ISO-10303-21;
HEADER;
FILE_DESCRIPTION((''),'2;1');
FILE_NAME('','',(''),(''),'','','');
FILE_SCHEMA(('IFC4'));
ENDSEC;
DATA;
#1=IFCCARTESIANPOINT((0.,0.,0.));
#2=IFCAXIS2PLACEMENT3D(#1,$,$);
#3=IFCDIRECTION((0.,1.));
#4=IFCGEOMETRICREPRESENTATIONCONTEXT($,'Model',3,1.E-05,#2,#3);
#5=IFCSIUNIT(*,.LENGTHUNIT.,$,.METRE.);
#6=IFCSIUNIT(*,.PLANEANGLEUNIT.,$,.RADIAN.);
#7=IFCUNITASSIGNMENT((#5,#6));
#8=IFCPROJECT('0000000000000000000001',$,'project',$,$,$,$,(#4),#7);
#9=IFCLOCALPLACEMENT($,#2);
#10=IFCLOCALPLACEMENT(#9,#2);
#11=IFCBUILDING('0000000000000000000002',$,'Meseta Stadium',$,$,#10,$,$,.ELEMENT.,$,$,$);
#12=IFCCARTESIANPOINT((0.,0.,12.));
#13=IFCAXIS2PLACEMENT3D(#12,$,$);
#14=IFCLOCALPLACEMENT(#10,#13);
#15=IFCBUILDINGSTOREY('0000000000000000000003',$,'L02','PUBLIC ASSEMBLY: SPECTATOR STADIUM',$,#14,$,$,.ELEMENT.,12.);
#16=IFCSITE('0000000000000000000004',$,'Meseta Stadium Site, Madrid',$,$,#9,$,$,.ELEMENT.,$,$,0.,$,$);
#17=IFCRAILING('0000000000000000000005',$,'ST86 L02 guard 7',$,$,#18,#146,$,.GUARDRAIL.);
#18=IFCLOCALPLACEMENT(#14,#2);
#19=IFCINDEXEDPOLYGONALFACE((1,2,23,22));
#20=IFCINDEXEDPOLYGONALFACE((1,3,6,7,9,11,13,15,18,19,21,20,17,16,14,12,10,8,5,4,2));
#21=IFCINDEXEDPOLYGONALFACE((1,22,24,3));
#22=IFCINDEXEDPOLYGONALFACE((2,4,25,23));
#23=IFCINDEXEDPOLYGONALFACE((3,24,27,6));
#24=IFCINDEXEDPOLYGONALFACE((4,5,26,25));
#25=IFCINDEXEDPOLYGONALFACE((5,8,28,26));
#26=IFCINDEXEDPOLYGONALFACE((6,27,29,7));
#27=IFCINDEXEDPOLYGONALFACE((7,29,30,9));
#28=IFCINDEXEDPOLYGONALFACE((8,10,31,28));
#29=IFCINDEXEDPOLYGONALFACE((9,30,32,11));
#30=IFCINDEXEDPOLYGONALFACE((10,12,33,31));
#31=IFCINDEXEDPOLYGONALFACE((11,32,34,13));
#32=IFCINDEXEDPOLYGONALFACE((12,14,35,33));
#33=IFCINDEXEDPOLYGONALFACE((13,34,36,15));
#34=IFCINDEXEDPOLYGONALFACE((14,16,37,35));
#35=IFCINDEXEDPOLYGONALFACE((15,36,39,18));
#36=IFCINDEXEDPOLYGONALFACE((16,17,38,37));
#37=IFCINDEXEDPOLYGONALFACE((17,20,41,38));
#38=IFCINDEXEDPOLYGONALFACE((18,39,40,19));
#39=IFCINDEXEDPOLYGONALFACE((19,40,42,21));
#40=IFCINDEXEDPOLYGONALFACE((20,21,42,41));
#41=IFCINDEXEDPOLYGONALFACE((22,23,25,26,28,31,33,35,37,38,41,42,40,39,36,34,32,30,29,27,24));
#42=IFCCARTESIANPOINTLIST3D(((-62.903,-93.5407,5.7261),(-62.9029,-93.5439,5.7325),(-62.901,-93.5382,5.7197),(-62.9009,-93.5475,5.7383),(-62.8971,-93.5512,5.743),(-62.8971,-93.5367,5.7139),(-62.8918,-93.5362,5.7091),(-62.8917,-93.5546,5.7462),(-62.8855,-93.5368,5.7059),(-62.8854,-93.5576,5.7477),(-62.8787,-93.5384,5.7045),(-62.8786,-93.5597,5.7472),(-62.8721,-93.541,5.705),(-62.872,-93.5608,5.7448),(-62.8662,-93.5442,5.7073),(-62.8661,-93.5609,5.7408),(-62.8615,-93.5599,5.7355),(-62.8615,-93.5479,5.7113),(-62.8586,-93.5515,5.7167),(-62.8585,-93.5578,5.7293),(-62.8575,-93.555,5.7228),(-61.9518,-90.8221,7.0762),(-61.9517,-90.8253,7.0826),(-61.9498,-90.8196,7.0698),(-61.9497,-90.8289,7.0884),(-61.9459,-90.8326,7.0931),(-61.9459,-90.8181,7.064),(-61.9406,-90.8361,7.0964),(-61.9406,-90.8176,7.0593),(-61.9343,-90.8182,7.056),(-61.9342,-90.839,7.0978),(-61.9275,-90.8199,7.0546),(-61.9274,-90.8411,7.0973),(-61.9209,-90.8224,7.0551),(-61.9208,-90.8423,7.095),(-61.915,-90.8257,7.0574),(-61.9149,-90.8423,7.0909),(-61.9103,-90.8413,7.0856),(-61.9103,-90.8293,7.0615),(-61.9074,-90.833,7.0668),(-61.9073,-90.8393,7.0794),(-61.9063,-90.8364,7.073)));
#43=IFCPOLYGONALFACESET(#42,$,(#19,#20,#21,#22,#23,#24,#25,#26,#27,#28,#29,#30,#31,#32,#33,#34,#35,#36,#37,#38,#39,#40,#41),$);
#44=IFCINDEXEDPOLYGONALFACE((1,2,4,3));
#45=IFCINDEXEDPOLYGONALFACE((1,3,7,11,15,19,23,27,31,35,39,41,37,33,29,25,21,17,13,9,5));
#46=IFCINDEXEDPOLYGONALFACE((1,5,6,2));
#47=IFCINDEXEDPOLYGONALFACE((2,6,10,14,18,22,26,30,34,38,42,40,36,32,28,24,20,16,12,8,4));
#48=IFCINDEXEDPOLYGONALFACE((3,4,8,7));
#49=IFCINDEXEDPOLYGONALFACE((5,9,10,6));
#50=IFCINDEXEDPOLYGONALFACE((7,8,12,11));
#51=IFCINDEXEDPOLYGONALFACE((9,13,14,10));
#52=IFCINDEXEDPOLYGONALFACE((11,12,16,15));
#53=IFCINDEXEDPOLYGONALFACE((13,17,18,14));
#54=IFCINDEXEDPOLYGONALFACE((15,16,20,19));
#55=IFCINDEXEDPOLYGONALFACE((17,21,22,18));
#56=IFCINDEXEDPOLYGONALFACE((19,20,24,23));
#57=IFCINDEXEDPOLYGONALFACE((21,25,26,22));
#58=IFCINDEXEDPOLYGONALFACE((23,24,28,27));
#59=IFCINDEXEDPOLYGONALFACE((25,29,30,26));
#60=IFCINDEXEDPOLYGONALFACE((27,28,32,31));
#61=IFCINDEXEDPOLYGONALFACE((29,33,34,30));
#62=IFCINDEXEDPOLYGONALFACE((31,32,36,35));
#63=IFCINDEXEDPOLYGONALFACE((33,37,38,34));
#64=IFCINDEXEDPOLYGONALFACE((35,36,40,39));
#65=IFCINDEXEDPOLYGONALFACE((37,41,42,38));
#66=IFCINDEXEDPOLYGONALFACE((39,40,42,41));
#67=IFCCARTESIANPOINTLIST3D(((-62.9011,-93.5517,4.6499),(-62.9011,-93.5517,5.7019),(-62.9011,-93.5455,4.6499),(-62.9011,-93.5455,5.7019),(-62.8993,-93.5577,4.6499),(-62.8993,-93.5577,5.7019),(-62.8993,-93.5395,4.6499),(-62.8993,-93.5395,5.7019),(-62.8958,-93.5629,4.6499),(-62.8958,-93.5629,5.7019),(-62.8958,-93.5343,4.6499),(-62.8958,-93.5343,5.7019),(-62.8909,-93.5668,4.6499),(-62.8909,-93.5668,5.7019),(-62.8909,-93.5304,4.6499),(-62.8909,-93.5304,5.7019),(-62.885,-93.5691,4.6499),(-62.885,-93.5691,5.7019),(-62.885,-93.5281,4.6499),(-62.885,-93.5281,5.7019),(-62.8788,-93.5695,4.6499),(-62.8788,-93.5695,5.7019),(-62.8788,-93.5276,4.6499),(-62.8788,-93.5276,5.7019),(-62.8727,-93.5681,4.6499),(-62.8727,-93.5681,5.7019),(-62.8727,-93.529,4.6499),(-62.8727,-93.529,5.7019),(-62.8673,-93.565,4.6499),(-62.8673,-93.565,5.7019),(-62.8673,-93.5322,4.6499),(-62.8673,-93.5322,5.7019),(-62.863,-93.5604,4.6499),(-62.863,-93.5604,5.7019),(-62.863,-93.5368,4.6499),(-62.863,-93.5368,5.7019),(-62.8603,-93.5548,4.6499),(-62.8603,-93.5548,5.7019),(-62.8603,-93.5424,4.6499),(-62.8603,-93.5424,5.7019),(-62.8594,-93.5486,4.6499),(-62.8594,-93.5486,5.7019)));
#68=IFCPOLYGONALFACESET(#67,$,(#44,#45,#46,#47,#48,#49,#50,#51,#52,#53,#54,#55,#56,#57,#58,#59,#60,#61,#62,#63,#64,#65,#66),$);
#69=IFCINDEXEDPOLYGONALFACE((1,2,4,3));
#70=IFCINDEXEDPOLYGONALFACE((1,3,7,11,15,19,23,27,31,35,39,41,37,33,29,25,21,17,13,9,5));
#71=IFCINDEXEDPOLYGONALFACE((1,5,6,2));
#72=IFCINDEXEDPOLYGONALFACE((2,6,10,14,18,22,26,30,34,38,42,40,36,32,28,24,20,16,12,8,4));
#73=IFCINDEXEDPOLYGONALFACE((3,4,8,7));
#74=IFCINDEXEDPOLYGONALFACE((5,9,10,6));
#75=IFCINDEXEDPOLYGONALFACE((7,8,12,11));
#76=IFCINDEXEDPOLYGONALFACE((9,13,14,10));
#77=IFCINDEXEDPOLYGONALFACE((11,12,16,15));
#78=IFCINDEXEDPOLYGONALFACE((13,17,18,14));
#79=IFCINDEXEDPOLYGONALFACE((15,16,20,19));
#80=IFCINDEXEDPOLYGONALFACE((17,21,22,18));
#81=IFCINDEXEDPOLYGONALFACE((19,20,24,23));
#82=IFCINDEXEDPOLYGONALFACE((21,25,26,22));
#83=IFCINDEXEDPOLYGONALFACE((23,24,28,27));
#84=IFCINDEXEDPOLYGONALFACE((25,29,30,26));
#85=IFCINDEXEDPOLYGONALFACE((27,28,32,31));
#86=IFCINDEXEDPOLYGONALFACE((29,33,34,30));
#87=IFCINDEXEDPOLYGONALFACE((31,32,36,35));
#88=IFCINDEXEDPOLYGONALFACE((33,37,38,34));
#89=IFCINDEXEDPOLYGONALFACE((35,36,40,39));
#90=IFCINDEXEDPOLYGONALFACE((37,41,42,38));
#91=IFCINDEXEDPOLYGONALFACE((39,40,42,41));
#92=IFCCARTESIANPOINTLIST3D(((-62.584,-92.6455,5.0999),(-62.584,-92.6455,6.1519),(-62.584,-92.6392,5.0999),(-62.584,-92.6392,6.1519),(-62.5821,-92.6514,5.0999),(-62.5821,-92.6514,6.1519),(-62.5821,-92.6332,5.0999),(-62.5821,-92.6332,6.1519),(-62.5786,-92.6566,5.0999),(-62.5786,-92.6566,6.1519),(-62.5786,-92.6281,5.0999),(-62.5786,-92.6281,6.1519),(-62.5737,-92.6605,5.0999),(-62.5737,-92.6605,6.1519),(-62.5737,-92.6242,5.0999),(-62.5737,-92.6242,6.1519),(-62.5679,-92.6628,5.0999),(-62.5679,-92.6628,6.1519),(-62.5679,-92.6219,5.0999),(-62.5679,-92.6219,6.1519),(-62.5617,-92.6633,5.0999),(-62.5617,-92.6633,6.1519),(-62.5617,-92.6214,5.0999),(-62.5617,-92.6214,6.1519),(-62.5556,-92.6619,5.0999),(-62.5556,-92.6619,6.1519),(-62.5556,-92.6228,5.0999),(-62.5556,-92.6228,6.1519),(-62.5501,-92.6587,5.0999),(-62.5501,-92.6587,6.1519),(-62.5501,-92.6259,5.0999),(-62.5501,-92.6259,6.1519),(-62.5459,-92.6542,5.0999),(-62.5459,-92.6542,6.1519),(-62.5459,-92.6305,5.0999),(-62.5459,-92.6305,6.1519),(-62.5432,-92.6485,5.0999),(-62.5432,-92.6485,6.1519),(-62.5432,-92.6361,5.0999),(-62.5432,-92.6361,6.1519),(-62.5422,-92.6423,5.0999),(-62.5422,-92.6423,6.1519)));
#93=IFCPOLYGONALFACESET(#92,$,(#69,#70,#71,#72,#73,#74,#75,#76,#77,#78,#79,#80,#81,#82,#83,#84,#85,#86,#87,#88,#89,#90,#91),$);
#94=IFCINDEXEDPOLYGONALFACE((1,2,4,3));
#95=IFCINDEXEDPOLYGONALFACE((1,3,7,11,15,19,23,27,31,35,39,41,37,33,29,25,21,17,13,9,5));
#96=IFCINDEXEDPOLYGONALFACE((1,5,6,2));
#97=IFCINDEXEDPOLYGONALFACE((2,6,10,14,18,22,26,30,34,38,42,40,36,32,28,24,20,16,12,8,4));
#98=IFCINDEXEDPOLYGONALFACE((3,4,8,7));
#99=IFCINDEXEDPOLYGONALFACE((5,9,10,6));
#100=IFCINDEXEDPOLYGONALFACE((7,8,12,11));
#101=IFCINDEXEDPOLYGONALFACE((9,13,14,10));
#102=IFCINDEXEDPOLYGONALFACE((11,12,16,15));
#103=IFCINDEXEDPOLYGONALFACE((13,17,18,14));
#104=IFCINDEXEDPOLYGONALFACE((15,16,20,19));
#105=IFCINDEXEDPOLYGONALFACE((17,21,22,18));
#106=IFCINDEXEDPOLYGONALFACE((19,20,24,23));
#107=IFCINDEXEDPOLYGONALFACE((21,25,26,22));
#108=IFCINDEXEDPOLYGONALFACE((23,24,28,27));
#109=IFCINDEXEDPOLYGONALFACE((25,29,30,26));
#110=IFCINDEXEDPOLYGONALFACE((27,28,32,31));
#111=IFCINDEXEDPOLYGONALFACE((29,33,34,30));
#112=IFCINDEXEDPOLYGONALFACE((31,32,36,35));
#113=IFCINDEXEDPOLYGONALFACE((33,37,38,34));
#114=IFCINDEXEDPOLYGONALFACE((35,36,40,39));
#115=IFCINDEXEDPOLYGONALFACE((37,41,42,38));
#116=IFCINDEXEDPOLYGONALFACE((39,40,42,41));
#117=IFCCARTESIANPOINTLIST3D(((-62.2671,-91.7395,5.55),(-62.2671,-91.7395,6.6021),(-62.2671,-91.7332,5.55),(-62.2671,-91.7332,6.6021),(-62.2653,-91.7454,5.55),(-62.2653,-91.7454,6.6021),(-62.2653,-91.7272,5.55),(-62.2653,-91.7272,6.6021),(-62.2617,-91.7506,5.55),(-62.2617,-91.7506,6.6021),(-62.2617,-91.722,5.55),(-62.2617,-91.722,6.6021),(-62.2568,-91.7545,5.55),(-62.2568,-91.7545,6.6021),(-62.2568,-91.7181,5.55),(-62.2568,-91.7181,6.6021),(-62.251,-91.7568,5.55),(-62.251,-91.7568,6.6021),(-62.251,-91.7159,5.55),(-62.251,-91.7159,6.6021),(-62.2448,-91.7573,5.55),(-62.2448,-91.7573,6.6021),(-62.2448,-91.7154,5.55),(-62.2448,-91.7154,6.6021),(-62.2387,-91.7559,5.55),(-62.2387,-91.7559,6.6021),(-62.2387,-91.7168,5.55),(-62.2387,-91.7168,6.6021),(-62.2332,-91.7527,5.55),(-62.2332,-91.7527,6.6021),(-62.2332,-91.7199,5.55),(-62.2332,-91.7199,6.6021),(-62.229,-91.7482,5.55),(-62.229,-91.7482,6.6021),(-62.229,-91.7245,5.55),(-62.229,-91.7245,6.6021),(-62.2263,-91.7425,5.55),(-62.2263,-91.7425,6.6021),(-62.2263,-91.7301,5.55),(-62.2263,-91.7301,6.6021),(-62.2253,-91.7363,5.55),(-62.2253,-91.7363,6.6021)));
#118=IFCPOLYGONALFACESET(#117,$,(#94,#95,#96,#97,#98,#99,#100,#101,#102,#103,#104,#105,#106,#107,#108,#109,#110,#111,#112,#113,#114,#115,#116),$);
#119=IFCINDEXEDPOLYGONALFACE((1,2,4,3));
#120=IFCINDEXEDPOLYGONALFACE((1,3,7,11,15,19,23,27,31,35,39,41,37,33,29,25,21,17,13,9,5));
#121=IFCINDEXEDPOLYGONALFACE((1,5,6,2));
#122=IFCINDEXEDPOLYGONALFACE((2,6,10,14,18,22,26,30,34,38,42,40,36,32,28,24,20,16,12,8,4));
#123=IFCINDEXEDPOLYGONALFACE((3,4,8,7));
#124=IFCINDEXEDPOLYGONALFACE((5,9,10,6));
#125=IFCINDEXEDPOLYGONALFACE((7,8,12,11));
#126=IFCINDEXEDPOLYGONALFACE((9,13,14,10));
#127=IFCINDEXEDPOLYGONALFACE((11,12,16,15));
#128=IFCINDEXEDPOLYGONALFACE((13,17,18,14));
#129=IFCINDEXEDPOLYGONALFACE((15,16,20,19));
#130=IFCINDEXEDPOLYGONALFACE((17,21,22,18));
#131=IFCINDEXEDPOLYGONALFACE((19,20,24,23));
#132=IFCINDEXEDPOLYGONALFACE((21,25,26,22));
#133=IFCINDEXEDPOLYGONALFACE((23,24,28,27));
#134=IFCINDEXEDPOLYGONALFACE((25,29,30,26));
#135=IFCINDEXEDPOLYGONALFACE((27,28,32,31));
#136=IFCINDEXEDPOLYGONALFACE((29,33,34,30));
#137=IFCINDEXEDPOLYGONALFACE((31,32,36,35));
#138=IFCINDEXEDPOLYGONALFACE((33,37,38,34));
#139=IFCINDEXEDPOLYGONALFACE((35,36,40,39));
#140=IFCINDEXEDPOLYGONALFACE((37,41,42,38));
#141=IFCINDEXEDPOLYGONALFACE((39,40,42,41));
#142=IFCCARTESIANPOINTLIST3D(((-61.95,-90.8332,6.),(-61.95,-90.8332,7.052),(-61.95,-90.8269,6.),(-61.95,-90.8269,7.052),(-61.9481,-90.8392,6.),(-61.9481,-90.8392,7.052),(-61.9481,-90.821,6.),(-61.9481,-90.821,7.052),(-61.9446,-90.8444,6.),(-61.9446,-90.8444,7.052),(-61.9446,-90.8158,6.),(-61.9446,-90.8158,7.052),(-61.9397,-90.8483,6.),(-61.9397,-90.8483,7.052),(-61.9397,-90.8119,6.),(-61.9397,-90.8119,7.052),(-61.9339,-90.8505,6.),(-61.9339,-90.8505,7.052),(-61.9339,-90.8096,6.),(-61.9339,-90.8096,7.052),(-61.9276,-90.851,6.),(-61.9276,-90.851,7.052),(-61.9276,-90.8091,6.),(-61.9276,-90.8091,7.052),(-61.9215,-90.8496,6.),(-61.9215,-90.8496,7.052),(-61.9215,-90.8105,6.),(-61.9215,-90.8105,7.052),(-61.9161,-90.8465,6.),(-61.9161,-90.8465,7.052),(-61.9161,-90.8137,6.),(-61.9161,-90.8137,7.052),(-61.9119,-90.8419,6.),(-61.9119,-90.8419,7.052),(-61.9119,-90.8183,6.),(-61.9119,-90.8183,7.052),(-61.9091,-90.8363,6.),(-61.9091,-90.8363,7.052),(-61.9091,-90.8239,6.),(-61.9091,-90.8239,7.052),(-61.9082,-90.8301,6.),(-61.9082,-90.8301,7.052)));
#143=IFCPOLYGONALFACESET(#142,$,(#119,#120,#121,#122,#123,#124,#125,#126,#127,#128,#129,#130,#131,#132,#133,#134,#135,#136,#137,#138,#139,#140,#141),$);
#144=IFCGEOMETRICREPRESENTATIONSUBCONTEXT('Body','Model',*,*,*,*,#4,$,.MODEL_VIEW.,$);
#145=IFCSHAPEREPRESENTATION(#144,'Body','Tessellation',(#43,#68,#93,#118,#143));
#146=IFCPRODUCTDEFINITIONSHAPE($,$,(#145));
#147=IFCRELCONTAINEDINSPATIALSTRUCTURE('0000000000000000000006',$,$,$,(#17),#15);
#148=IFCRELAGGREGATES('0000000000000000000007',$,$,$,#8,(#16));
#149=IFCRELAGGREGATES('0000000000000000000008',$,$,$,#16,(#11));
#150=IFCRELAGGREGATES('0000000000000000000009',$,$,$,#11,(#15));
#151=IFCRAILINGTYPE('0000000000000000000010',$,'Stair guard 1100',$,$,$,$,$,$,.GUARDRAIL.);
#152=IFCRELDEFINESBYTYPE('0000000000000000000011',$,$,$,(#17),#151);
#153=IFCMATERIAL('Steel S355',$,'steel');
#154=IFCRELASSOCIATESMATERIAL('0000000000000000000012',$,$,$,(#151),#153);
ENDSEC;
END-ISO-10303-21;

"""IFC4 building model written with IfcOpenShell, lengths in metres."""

from ifc_helpers import new_model, si_unit, direction, frame, origin, origin_2d, place, context, subcontext, project, spatial, circle, extrude, material, type_object, element, save


model = new_model("IFC4")

# Units and contexts
model_context = context("Model", 3, precision=1e-05, world=origin(), true_north=direction((0.0, 1.0)))
body_context = subcontext(model_context, "Body", "Model", "MODEL_VIEW")
ifc_project = project(units=[si_unit("LENGTHUNIT", "METRE"), si_unit("PLANEANGLEUNIT", "RADIAN")], contexts=[model_context])

# Site, building, storey
site_placement = place(None, origin())
site = spatial("IfcSite", under=ifc_project, at=site_placement, Name="Meseta Stadium Site, Madrid", CompositionType="ELEMENT", RefElevation=0.0)
building_placement = place(site_placement, origin())
building = spatial("IfcBuilding", under=site, at=building_placement, Name="Meseta Stadium", CompositionType="ELEMENT")
storey_placement = place(building_placement, frame((0.0, 0.0, 12.0)))
storey = spatial("IfcBuildingStorey", under=building, at=storey_placement, Name="L02", Description="PUBLIC ASSEMBLY: SPECTATOR STADIUM", CompositionType="ELEMENT", Elevation=12.0)

# Railing
ifc_material_1 = material(Name="Steel S355", Category="steel")
railing_type_1 = type_object("IfcRailingType", Name="Stair guard 1100", PredefinedType="GUARDRAIL", material=ifc_material_1)
railing_1_placement = place(storey_placement, frame((-62.8804, -93.5486, 4.6499)))
element("IfcRailing", 1, at=railing_1_placement, inside=storey, type_object=railing_type_1, Name="ST86 L02 guard 7", PredefinedType="GUARDRAIL", context=body_context, shape_type="SweptSolid", body=[
    extrude(circle(Radius=0.0239, at=origin_2d()), frame((0.0, 0.0, 1.0762), z_axis=(0.299031, 0.854649, 0.424446), x_axis=(-0.943891, 0.330256, 0.0)), (0.0, 0.0, 1.0), 3.1809),
    extrude(circle(Radius=0.021, at=origin_2d()), origin(), (0.0, 0.0, 1.0), 1.052),
    extrude(circle(Radius=0.021, at=origin_2d()), frame((0.3171, 0.9062, 0.45)), (0.0, 0.0, 1.0), 1.052),
    extrude(circle(Radius=0.021, at=origin_2d()), frame((0.634, 1.8123, 0.9001)), (0.0, 0.0, 1.0), 1.052),
    extrude(circle(Radius=0.021, at=origin_2d()), frame((0.9512, 2.7185, 1.3501)), (0.0, 0.0, 1.0), 1.052),
])

save(model, "model.ifc")
